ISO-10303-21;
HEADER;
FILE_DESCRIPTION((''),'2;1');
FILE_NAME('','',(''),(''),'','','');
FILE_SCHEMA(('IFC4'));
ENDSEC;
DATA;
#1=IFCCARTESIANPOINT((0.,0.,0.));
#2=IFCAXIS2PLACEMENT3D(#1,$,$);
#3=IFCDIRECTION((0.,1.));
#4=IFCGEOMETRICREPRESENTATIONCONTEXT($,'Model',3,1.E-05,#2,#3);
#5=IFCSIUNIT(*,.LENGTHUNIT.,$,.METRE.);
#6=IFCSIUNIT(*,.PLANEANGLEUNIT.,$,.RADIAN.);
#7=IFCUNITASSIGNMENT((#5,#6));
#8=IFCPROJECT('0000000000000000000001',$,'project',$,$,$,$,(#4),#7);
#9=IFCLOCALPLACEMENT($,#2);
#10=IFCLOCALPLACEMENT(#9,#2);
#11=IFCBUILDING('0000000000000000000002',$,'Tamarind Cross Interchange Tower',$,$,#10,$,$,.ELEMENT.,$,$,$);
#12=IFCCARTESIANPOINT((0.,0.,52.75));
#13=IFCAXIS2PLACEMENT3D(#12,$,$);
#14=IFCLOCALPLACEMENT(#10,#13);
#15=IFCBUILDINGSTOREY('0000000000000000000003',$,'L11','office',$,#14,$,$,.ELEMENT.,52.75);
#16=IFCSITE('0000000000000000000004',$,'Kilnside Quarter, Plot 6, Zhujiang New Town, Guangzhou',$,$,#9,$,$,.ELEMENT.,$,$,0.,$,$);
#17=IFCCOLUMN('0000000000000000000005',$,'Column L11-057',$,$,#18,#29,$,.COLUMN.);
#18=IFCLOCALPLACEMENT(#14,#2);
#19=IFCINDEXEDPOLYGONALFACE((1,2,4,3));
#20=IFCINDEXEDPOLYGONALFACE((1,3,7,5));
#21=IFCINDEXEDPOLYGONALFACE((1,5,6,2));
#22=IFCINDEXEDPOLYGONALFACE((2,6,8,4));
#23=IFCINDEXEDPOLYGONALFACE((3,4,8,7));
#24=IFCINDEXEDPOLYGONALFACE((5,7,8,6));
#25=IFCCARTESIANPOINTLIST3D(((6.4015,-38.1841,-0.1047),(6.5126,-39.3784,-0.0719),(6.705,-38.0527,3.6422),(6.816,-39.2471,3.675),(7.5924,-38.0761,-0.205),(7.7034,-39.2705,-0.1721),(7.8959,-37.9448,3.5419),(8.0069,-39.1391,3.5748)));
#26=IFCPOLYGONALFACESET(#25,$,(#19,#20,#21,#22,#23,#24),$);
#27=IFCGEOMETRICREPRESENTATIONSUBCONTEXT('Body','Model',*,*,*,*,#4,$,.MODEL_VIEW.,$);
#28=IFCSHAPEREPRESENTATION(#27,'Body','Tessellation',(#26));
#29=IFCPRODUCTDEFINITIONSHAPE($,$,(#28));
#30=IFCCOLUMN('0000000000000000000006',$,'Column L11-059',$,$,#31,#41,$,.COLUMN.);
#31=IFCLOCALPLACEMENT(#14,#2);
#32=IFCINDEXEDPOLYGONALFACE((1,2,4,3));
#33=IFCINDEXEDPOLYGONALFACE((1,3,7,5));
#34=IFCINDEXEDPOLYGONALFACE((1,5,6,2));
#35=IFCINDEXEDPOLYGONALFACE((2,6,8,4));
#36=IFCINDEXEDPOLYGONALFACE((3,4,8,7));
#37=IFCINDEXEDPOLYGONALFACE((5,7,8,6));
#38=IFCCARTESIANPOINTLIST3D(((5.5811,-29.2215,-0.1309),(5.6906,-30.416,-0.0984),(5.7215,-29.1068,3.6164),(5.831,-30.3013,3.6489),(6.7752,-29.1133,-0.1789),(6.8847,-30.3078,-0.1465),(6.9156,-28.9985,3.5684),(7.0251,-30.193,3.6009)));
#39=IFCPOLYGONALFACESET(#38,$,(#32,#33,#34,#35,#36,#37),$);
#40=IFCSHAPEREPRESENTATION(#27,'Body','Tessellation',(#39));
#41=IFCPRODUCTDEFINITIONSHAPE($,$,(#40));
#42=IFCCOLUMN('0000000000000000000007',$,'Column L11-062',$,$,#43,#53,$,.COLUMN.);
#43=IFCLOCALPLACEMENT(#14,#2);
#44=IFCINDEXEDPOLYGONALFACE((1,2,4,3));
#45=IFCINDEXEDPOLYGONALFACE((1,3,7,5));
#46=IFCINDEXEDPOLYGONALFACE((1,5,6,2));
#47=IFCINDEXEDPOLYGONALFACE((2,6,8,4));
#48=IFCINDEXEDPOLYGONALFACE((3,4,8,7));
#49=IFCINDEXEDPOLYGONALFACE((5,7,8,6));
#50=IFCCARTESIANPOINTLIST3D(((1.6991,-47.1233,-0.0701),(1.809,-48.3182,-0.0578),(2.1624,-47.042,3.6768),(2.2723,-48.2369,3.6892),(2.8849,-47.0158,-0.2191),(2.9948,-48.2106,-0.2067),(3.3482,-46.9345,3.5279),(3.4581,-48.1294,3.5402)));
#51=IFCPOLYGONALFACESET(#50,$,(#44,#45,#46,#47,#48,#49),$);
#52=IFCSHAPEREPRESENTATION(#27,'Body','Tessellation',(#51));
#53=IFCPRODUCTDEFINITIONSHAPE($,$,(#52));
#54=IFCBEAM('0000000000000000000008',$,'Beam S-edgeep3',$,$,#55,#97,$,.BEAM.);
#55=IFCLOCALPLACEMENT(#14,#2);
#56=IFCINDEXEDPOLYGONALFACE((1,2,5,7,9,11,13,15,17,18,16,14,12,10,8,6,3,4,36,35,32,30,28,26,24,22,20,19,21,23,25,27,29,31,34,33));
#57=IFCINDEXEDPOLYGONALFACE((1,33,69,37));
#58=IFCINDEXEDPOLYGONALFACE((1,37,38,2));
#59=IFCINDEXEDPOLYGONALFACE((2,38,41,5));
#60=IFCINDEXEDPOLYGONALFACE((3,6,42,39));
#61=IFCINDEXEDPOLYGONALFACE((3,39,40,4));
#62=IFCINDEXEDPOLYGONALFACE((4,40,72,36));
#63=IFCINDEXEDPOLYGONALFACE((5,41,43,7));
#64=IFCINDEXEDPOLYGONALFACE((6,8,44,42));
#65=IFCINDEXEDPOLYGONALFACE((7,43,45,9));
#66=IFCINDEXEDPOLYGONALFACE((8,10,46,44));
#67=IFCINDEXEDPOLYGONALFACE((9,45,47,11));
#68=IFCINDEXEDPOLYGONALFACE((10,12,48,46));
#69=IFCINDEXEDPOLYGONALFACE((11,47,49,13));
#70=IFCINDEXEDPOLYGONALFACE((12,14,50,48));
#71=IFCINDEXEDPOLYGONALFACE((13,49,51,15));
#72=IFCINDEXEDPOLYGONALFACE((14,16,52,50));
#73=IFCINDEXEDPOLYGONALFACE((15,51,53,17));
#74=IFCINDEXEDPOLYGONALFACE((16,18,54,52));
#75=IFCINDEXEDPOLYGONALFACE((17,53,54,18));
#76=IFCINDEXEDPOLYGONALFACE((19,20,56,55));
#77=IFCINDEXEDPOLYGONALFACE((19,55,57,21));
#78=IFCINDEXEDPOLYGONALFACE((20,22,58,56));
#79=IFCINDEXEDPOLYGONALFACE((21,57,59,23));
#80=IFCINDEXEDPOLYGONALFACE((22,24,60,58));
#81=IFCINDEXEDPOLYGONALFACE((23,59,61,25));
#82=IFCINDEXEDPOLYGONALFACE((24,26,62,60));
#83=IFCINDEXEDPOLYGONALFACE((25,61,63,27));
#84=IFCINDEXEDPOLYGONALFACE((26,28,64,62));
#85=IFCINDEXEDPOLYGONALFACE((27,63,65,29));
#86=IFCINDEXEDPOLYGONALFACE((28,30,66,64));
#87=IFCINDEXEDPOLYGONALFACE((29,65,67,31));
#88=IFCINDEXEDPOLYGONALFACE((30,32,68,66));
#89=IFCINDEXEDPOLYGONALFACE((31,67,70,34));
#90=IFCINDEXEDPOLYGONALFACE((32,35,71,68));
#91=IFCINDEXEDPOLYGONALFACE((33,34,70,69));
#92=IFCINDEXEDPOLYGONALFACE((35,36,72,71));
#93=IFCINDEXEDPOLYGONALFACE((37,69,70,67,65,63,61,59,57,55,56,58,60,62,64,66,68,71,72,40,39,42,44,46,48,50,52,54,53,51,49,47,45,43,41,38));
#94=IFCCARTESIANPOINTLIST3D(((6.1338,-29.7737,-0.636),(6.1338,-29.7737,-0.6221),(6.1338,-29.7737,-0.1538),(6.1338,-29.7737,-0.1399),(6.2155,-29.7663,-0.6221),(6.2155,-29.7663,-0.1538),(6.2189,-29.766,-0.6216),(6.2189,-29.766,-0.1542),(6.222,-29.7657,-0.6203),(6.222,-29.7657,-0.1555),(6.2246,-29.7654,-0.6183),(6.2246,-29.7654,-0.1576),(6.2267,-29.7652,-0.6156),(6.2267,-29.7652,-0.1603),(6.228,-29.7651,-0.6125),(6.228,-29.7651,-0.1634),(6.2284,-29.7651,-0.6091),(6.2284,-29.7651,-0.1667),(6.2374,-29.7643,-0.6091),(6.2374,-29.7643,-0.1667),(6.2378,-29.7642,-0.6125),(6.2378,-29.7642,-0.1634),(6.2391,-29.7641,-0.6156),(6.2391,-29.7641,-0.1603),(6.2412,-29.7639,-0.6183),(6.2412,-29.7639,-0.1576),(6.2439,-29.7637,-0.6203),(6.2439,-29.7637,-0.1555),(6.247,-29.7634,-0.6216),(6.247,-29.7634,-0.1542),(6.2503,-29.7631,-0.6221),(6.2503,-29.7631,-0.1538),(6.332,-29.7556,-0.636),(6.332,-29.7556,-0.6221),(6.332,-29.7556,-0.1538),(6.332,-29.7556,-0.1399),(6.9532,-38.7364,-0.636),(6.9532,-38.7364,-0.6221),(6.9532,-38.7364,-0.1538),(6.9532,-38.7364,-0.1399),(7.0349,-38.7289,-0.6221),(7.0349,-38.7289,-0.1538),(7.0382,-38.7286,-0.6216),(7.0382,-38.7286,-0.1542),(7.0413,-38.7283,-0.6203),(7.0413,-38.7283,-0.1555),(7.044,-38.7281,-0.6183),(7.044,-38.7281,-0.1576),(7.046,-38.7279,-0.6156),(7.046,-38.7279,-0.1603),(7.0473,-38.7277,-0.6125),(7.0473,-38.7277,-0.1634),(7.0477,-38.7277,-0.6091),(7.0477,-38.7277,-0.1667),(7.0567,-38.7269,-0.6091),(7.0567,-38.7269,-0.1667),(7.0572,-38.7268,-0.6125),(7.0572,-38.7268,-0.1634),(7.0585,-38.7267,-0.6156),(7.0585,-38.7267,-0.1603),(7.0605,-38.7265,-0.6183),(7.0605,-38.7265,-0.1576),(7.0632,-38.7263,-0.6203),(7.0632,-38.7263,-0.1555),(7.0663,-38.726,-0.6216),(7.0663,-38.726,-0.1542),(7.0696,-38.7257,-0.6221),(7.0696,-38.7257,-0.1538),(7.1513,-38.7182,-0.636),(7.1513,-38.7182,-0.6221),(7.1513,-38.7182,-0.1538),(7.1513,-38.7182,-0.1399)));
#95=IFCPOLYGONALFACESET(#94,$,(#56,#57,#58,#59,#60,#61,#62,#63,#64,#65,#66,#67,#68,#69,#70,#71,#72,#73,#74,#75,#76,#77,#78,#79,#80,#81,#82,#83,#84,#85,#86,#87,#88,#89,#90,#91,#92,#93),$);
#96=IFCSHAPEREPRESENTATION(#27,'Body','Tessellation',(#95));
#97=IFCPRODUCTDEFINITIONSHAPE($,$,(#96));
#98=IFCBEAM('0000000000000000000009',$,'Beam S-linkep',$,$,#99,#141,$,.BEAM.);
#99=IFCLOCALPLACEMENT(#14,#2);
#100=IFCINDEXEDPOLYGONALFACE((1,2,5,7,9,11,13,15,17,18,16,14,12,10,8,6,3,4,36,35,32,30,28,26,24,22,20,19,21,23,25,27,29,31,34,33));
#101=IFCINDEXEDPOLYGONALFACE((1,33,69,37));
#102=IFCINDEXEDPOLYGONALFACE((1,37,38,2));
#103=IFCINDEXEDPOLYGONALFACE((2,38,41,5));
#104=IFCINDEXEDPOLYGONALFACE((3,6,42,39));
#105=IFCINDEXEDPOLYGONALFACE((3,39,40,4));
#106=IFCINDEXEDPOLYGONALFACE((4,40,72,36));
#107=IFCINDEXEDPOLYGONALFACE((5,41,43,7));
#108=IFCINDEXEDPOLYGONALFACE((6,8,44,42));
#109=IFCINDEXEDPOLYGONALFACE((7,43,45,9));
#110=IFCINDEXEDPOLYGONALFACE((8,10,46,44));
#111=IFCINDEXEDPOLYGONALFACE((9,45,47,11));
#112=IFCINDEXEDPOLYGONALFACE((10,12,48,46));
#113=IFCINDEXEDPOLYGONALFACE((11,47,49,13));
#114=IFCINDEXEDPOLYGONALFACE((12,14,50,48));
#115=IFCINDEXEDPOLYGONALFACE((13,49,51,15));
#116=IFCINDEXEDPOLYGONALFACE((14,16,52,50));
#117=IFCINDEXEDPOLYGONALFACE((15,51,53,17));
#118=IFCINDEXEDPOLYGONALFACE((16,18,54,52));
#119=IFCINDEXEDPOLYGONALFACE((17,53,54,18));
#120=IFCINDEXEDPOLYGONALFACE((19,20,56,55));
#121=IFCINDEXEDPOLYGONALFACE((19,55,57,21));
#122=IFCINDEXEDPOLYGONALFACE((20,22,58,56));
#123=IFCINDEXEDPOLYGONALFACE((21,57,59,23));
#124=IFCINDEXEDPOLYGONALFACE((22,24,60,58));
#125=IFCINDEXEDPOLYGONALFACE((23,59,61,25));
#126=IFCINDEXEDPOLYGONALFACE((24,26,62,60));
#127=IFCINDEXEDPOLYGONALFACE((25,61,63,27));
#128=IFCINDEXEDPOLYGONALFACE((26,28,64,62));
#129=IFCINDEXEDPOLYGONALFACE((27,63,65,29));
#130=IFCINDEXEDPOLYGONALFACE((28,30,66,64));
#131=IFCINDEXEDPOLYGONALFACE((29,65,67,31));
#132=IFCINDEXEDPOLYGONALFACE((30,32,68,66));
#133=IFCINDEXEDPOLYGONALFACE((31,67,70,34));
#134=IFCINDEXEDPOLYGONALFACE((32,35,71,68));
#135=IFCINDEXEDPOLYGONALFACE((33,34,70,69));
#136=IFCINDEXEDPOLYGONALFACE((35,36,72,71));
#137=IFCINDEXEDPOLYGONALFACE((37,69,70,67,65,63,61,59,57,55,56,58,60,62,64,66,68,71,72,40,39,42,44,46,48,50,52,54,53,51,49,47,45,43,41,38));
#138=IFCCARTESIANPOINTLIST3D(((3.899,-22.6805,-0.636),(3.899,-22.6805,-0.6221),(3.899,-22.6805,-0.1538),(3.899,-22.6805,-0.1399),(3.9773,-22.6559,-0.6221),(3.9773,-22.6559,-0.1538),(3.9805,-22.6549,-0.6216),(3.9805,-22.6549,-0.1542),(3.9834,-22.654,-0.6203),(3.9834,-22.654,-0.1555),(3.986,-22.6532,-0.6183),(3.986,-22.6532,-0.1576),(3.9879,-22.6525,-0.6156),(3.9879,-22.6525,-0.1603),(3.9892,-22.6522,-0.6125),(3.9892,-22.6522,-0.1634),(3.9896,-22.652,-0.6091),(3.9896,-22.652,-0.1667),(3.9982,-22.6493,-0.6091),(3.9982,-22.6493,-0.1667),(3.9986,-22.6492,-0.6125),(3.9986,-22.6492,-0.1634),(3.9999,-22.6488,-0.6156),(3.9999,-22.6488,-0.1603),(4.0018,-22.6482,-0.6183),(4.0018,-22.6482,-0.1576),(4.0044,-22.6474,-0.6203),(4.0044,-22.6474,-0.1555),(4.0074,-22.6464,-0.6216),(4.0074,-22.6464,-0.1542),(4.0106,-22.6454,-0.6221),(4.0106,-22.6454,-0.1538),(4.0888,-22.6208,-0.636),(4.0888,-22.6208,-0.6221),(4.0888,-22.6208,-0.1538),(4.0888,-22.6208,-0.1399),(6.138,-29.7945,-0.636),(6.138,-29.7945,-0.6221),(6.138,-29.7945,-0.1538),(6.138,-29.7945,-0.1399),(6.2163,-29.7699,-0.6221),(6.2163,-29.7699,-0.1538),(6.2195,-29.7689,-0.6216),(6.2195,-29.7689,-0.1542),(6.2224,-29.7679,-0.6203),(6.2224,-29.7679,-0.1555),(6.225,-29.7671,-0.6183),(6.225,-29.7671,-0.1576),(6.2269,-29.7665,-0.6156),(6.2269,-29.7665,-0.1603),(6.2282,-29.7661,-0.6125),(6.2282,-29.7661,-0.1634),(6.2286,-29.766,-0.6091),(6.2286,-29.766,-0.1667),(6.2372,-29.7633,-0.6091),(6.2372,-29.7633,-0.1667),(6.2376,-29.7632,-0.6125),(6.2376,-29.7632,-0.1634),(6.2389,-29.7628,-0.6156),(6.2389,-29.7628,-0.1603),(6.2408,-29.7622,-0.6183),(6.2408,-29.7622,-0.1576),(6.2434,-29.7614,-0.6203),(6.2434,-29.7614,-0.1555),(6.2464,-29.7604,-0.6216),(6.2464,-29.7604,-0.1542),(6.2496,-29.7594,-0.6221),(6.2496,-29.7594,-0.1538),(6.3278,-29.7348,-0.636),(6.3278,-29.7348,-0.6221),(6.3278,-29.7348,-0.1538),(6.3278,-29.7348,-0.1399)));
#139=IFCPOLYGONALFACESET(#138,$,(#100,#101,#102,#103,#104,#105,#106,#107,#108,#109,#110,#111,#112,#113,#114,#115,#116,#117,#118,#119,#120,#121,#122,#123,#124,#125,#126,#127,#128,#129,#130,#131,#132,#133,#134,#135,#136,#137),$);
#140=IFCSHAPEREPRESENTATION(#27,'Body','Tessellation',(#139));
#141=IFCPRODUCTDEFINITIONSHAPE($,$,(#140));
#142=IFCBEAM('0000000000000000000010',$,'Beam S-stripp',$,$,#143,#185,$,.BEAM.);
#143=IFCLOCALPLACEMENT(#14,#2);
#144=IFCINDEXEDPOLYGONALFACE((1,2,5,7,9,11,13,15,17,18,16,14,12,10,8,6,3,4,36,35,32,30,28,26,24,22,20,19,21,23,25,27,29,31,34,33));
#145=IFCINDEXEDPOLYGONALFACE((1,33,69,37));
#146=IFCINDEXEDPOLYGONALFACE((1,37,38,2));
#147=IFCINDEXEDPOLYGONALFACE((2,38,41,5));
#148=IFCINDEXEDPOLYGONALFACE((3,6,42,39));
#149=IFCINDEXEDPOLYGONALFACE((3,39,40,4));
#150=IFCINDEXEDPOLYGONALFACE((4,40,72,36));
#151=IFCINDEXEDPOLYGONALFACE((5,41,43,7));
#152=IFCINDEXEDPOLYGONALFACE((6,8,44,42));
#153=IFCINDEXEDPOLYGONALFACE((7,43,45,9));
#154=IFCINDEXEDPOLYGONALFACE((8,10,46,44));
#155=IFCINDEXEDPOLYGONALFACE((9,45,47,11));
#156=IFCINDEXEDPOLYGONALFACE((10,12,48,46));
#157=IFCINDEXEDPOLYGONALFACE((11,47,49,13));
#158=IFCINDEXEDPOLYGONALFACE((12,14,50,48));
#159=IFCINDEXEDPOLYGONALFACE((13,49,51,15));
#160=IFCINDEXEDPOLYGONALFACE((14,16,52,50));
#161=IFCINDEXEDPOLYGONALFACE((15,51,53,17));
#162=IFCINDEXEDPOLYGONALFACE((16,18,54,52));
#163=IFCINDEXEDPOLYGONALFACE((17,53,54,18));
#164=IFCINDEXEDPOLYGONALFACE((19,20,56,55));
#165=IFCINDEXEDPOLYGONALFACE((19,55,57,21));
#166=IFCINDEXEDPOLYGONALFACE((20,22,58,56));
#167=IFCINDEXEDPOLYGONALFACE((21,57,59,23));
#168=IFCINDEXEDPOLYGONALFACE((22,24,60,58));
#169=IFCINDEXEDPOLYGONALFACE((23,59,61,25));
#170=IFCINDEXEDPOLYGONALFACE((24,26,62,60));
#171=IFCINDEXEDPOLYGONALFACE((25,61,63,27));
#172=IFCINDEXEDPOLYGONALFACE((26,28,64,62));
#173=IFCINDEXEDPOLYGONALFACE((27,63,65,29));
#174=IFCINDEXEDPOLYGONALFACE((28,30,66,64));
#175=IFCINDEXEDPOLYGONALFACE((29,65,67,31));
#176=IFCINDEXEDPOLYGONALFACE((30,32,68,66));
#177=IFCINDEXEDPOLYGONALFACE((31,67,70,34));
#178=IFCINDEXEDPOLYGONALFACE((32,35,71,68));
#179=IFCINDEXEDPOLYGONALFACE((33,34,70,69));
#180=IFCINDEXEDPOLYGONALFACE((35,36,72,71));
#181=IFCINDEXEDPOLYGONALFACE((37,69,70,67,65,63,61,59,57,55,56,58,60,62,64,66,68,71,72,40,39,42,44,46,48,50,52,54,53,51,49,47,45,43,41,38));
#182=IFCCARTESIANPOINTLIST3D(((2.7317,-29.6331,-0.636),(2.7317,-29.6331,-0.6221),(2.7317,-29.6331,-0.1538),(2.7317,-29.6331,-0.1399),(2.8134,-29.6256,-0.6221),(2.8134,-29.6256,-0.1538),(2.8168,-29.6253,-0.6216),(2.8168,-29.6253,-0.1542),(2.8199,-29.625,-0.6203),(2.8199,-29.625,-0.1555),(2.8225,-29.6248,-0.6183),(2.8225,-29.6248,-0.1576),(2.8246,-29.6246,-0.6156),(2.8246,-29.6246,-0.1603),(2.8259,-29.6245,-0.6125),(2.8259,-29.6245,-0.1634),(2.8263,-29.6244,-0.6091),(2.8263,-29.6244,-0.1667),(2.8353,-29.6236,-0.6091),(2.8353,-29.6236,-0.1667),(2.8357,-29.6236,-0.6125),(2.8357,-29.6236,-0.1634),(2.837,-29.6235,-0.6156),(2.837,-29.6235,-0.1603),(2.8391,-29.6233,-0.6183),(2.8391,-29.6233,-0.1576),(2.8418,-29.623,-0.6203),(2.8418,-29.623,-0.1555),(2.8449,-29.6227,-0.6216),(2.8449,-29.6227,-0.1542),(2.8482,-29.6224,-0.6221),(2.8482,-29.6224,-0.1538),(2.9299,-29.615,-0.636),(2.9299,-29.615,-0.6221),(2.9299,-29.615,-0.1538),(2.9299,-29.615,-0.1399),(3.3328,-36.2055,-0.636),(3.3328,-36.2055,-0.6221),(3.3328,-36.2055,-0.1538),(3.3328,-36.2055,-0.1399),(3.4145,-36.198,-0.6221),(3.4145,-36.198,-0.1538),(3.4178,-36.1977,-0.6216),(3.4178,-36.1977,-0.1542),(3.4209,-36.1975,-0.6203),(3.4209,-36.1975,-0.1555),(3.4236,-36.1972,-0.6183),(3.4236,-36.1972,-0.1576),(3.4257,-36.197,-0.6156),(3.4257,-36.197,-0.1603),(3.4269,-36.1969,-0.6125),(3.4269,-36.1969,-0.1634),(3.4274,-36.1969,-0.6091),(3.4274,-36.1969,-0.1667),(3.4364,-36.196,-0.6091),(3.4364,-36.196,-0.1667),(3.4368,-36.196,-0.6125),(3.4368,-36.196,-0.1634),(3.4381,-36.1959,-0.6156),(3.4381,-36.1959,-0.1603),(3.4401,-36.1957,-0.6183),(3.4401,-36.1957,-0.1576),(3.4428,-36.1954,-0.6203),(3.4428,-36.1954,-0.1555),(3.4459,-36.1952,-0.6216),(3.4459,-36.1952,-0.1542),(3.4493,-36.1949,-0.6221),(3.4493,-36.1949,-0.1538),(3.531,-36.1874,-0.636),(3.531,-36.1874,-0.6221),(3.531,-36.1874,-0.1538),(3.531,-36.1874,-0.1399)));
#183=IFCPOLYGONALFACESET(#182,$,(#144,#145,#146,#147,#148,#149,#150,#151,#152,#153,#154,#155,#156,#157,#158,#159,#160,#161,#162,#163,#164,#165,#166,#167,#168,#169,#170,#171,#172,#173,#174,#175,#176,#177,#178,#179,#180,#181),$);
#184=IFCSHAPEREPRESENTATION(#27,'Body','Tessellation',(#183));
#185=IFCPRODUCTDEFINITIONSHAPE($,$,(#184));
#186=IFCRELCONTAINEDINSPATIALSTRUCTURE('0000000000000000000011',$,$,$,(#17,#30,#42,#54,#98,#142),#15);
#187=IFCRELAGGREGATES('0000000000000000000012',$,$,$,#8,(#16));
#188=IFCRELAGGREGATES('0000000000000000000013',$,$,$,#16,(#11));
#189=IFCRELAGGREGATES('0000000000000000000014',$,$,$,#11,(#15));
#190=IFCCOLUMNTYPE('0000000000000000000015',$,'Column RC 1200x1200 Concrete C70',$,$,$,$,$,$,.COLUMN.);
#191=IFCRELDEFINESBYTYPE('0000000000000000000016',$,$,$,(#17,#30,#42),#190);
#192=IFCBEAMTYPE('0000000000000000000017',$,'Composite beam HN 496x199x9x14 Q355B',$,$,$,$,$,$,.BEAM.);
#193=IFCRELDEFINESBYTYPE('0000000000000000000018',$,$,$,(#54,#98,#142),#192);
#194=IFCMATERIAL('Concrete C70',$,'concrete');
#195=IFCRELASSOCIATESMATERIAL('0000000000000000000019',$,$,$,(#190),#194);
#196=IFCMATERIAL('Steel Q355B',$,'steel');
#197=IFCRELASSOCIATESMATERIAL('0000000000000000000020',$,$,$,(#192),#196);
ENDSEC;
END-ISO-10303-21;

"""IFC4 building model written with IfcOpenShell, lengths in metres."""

from ifc_helpers import new_model, si_unit, direction, frame, origin, origin_2d, place, context, subcontext, project, spatial, rectangle, i_section, extrude, material, material_profile, profile_set, type_object, element, save


model = new_model("IFC4")

# Units and contexts
model_context = context("Model", 3, precision=1e-05, world=origin(), true_north=direction((0.0, 1.0)))
body_context = subcontext(model_context, "Body", "Model", "MODEL_VIEW")
ifc_project = project(units=[si_unit("LENGTHUNIT", "METRE"), si_unit("PLANEANGLEUNIT", "RADIAN")], contexts=[model_context])

# Site, building, storey
site_placement = place(None, origin())
site = spatial("IfcSite", under=ifc_project, at=site_placement, Name="Kilnside Quarter, Plot 6, Zhujiang New Town, Guangzhou", CompositionType="ELEMENT", RefElevation=0.0)
building_placement = place(site_placement, origin())
building = spatial("IfcBuilding", under=site, at=building_placement, Name="Tamarind Cross Interchange Tower", CompositionType="ELEMENT")
storey_placement = place(building_placement, frame((0.0, 0.0, 52.75)))
storey = spatial("IfcBuildingStorey", under=building, at=storey_placement, Name="L11", Description="office", CompositionType="ELEMENT", Elevation=52.75)

# Columns
ifc_material_1 = material(Name="Concrete C70", Category="concrete")
ifc_material_profile_1 = material_profile(ifc_material_1, rectangle(XDim=1.2, YDim=1.2, at=origin_2d()), Name="RC 1200x1200")
ifc_profile_set_1 = profile_set([ifc_material_profile_1], Name="Concrete C70")
column_type = type_object("IfcColumnType", Name="Column RC 1200x1200 Concrete C70", PredefinedType="COLUMN", material=ifc_profile_set_1)
column_1_placement = place(storey_placement, frame((7.0525, -38.7273, -0.1384), z_axis=(0.080679, 0.03492, 0.996128), x_axis=(-0.992436, -0.089958, 0.083534)))
element("IfcColumn", 1, at=column_1_placement, inside=storey, type_object=column_type, Name="Column L11-057", PredefinedType="COLUMN", context=body_context, shape_type="SweptSolid", body=[
    extrude(rectangle(XDim=1.2, YDim=1.2, at=origin_2d()), origin(), (0.0, 0.0, 1.0), 3.7615),
])
column_2_placement = place(storey_placement, frame((6.2329, -29.7646, -0.1387), z_axis=(0.037418, 0.030585, 0.998832), x_axis=(-0.99512, -0.090183, 0.04004)))
element("IfcColumn", 2, at=column_2_placement, inside=storey, type_object=column_type, Name="Column L11-059", PredefinedType="COLUMN", context=body_context, shape_type="SweptSolid", body=[
    extrude(rectangle(XDim=1.2, YDim=1.2, at=origin_2d()), origin(), (0.0, 0.0, 1.0), 3.7517),
])
column_3_placement = place(storey_placement, frame((2.3469, -47.667, -0.1384), z_axis=(0.122701, 0.021528, 0.99221), x_axis=(-0.988208, -0.089614, 0.12415)))
element("IfcColumn", 3, at=column_3_placement, inside=storey, type_object=column_type, Name="Column L11-062", PredefinedType="COLUMN", context=body_context, shape_type="SweptSolid", body=[
    extrude(rectangle(XDim=1.2, YDim=1.2, at=origin_2d()), origin(), (0.0, 0.0, 1.0), 3.7764),
])

# Beams
ifc_material_2 = material(Name="Steel Q355B", Category="steel")
ifc_material_profile_2 = material_profile(ifc_material_2, i_section(OverallWidth=0.199, OverallDepth=0.4961, WebThickness=0.009, FlangeThickness=0.0139, FilletRadius=0.0129, at=origin_2d()), Name="HN 496x199x9x14")
ifc_profile_set_2 = profile_set([ifc_material_profile_2], Name="Steel Q355B")
beam_type_1 = type_object("IfcBeamType", Name="Composite beam HN 496x199x9x14 Q355B", PredefinedType="BEAM", material=ifc_profile_set_2)
beam_1_placement = place(storey_placement, frame((7.0522, -38.7273, -0.3879), z_axis=(-0.091037, 0.995847, 0.0), x_axis=(-0.995847, -0.091037, 0.0)))
element("IfcBeam", 4, at=beam_1_placement, inside=storey, type_object=beam_type_1, Name="Beam S-edgeep3", PredefinedType="BEAM", context=body_context, shape_type="SweptSolid", body=[
    extrude(i_section(OverallWidth=0.199, OverallDepth=0.4961, WebThickness=0.009, FlangeThickness=0.0139, FilletRadius=0.0129, at=origin_2d()), origin(), (0.0, 0.0, 1.0), 9.0),
])
beam_2_placement = place(storey_placement, frame((6.2329, -29.7646, -0.3879), z_axis=(-0.300215, 0.953872, 0.0), x_axis=(-0.953872, -0.300215, 0.0)))
element("IfcBeam", 5, at=beam_2_placement, inside=storey, type_object=beam_type_1, Name="Beam S-linkep", PredefinedType="BEAM", context=body_context, shape_type="SweptSolid", body=[
    extrude(i_section(OverallWidth=0.199, OverallDepth=0.4961, WebThickness=0.009, FlangeThickness=0.0139, FilletRadius=0.0129, at=origin_2d()), origin(), (0.0, 0.0, 1.0), 7.458),
])
beam_3_placement = place(storey_placement, frame((2.8308, -29.624, -0.3879), z_axis=(0.091073, -0.995844, 0.0), x_axis=(0.995844, 0.091073, 0.0)))
element("IfcBeam", 6, at=beam_3_placement, inside=storey, type_object=beam_type_1, Name="Beam S-stripp", PredefinedType="BEAM", context=body_context, shape_type="SweptSolid", body=[
    extrude(i_section(OverallWidth=0.199, OverallDepth=0.4961, WebThickness=0.009, FlangeThickness=0.0139, FilletRadius=0.0129, at=origin_2d()), origin(), (0.0, 0.0, 1.0), 6.5999),
])

save(model, "model.ifc")
